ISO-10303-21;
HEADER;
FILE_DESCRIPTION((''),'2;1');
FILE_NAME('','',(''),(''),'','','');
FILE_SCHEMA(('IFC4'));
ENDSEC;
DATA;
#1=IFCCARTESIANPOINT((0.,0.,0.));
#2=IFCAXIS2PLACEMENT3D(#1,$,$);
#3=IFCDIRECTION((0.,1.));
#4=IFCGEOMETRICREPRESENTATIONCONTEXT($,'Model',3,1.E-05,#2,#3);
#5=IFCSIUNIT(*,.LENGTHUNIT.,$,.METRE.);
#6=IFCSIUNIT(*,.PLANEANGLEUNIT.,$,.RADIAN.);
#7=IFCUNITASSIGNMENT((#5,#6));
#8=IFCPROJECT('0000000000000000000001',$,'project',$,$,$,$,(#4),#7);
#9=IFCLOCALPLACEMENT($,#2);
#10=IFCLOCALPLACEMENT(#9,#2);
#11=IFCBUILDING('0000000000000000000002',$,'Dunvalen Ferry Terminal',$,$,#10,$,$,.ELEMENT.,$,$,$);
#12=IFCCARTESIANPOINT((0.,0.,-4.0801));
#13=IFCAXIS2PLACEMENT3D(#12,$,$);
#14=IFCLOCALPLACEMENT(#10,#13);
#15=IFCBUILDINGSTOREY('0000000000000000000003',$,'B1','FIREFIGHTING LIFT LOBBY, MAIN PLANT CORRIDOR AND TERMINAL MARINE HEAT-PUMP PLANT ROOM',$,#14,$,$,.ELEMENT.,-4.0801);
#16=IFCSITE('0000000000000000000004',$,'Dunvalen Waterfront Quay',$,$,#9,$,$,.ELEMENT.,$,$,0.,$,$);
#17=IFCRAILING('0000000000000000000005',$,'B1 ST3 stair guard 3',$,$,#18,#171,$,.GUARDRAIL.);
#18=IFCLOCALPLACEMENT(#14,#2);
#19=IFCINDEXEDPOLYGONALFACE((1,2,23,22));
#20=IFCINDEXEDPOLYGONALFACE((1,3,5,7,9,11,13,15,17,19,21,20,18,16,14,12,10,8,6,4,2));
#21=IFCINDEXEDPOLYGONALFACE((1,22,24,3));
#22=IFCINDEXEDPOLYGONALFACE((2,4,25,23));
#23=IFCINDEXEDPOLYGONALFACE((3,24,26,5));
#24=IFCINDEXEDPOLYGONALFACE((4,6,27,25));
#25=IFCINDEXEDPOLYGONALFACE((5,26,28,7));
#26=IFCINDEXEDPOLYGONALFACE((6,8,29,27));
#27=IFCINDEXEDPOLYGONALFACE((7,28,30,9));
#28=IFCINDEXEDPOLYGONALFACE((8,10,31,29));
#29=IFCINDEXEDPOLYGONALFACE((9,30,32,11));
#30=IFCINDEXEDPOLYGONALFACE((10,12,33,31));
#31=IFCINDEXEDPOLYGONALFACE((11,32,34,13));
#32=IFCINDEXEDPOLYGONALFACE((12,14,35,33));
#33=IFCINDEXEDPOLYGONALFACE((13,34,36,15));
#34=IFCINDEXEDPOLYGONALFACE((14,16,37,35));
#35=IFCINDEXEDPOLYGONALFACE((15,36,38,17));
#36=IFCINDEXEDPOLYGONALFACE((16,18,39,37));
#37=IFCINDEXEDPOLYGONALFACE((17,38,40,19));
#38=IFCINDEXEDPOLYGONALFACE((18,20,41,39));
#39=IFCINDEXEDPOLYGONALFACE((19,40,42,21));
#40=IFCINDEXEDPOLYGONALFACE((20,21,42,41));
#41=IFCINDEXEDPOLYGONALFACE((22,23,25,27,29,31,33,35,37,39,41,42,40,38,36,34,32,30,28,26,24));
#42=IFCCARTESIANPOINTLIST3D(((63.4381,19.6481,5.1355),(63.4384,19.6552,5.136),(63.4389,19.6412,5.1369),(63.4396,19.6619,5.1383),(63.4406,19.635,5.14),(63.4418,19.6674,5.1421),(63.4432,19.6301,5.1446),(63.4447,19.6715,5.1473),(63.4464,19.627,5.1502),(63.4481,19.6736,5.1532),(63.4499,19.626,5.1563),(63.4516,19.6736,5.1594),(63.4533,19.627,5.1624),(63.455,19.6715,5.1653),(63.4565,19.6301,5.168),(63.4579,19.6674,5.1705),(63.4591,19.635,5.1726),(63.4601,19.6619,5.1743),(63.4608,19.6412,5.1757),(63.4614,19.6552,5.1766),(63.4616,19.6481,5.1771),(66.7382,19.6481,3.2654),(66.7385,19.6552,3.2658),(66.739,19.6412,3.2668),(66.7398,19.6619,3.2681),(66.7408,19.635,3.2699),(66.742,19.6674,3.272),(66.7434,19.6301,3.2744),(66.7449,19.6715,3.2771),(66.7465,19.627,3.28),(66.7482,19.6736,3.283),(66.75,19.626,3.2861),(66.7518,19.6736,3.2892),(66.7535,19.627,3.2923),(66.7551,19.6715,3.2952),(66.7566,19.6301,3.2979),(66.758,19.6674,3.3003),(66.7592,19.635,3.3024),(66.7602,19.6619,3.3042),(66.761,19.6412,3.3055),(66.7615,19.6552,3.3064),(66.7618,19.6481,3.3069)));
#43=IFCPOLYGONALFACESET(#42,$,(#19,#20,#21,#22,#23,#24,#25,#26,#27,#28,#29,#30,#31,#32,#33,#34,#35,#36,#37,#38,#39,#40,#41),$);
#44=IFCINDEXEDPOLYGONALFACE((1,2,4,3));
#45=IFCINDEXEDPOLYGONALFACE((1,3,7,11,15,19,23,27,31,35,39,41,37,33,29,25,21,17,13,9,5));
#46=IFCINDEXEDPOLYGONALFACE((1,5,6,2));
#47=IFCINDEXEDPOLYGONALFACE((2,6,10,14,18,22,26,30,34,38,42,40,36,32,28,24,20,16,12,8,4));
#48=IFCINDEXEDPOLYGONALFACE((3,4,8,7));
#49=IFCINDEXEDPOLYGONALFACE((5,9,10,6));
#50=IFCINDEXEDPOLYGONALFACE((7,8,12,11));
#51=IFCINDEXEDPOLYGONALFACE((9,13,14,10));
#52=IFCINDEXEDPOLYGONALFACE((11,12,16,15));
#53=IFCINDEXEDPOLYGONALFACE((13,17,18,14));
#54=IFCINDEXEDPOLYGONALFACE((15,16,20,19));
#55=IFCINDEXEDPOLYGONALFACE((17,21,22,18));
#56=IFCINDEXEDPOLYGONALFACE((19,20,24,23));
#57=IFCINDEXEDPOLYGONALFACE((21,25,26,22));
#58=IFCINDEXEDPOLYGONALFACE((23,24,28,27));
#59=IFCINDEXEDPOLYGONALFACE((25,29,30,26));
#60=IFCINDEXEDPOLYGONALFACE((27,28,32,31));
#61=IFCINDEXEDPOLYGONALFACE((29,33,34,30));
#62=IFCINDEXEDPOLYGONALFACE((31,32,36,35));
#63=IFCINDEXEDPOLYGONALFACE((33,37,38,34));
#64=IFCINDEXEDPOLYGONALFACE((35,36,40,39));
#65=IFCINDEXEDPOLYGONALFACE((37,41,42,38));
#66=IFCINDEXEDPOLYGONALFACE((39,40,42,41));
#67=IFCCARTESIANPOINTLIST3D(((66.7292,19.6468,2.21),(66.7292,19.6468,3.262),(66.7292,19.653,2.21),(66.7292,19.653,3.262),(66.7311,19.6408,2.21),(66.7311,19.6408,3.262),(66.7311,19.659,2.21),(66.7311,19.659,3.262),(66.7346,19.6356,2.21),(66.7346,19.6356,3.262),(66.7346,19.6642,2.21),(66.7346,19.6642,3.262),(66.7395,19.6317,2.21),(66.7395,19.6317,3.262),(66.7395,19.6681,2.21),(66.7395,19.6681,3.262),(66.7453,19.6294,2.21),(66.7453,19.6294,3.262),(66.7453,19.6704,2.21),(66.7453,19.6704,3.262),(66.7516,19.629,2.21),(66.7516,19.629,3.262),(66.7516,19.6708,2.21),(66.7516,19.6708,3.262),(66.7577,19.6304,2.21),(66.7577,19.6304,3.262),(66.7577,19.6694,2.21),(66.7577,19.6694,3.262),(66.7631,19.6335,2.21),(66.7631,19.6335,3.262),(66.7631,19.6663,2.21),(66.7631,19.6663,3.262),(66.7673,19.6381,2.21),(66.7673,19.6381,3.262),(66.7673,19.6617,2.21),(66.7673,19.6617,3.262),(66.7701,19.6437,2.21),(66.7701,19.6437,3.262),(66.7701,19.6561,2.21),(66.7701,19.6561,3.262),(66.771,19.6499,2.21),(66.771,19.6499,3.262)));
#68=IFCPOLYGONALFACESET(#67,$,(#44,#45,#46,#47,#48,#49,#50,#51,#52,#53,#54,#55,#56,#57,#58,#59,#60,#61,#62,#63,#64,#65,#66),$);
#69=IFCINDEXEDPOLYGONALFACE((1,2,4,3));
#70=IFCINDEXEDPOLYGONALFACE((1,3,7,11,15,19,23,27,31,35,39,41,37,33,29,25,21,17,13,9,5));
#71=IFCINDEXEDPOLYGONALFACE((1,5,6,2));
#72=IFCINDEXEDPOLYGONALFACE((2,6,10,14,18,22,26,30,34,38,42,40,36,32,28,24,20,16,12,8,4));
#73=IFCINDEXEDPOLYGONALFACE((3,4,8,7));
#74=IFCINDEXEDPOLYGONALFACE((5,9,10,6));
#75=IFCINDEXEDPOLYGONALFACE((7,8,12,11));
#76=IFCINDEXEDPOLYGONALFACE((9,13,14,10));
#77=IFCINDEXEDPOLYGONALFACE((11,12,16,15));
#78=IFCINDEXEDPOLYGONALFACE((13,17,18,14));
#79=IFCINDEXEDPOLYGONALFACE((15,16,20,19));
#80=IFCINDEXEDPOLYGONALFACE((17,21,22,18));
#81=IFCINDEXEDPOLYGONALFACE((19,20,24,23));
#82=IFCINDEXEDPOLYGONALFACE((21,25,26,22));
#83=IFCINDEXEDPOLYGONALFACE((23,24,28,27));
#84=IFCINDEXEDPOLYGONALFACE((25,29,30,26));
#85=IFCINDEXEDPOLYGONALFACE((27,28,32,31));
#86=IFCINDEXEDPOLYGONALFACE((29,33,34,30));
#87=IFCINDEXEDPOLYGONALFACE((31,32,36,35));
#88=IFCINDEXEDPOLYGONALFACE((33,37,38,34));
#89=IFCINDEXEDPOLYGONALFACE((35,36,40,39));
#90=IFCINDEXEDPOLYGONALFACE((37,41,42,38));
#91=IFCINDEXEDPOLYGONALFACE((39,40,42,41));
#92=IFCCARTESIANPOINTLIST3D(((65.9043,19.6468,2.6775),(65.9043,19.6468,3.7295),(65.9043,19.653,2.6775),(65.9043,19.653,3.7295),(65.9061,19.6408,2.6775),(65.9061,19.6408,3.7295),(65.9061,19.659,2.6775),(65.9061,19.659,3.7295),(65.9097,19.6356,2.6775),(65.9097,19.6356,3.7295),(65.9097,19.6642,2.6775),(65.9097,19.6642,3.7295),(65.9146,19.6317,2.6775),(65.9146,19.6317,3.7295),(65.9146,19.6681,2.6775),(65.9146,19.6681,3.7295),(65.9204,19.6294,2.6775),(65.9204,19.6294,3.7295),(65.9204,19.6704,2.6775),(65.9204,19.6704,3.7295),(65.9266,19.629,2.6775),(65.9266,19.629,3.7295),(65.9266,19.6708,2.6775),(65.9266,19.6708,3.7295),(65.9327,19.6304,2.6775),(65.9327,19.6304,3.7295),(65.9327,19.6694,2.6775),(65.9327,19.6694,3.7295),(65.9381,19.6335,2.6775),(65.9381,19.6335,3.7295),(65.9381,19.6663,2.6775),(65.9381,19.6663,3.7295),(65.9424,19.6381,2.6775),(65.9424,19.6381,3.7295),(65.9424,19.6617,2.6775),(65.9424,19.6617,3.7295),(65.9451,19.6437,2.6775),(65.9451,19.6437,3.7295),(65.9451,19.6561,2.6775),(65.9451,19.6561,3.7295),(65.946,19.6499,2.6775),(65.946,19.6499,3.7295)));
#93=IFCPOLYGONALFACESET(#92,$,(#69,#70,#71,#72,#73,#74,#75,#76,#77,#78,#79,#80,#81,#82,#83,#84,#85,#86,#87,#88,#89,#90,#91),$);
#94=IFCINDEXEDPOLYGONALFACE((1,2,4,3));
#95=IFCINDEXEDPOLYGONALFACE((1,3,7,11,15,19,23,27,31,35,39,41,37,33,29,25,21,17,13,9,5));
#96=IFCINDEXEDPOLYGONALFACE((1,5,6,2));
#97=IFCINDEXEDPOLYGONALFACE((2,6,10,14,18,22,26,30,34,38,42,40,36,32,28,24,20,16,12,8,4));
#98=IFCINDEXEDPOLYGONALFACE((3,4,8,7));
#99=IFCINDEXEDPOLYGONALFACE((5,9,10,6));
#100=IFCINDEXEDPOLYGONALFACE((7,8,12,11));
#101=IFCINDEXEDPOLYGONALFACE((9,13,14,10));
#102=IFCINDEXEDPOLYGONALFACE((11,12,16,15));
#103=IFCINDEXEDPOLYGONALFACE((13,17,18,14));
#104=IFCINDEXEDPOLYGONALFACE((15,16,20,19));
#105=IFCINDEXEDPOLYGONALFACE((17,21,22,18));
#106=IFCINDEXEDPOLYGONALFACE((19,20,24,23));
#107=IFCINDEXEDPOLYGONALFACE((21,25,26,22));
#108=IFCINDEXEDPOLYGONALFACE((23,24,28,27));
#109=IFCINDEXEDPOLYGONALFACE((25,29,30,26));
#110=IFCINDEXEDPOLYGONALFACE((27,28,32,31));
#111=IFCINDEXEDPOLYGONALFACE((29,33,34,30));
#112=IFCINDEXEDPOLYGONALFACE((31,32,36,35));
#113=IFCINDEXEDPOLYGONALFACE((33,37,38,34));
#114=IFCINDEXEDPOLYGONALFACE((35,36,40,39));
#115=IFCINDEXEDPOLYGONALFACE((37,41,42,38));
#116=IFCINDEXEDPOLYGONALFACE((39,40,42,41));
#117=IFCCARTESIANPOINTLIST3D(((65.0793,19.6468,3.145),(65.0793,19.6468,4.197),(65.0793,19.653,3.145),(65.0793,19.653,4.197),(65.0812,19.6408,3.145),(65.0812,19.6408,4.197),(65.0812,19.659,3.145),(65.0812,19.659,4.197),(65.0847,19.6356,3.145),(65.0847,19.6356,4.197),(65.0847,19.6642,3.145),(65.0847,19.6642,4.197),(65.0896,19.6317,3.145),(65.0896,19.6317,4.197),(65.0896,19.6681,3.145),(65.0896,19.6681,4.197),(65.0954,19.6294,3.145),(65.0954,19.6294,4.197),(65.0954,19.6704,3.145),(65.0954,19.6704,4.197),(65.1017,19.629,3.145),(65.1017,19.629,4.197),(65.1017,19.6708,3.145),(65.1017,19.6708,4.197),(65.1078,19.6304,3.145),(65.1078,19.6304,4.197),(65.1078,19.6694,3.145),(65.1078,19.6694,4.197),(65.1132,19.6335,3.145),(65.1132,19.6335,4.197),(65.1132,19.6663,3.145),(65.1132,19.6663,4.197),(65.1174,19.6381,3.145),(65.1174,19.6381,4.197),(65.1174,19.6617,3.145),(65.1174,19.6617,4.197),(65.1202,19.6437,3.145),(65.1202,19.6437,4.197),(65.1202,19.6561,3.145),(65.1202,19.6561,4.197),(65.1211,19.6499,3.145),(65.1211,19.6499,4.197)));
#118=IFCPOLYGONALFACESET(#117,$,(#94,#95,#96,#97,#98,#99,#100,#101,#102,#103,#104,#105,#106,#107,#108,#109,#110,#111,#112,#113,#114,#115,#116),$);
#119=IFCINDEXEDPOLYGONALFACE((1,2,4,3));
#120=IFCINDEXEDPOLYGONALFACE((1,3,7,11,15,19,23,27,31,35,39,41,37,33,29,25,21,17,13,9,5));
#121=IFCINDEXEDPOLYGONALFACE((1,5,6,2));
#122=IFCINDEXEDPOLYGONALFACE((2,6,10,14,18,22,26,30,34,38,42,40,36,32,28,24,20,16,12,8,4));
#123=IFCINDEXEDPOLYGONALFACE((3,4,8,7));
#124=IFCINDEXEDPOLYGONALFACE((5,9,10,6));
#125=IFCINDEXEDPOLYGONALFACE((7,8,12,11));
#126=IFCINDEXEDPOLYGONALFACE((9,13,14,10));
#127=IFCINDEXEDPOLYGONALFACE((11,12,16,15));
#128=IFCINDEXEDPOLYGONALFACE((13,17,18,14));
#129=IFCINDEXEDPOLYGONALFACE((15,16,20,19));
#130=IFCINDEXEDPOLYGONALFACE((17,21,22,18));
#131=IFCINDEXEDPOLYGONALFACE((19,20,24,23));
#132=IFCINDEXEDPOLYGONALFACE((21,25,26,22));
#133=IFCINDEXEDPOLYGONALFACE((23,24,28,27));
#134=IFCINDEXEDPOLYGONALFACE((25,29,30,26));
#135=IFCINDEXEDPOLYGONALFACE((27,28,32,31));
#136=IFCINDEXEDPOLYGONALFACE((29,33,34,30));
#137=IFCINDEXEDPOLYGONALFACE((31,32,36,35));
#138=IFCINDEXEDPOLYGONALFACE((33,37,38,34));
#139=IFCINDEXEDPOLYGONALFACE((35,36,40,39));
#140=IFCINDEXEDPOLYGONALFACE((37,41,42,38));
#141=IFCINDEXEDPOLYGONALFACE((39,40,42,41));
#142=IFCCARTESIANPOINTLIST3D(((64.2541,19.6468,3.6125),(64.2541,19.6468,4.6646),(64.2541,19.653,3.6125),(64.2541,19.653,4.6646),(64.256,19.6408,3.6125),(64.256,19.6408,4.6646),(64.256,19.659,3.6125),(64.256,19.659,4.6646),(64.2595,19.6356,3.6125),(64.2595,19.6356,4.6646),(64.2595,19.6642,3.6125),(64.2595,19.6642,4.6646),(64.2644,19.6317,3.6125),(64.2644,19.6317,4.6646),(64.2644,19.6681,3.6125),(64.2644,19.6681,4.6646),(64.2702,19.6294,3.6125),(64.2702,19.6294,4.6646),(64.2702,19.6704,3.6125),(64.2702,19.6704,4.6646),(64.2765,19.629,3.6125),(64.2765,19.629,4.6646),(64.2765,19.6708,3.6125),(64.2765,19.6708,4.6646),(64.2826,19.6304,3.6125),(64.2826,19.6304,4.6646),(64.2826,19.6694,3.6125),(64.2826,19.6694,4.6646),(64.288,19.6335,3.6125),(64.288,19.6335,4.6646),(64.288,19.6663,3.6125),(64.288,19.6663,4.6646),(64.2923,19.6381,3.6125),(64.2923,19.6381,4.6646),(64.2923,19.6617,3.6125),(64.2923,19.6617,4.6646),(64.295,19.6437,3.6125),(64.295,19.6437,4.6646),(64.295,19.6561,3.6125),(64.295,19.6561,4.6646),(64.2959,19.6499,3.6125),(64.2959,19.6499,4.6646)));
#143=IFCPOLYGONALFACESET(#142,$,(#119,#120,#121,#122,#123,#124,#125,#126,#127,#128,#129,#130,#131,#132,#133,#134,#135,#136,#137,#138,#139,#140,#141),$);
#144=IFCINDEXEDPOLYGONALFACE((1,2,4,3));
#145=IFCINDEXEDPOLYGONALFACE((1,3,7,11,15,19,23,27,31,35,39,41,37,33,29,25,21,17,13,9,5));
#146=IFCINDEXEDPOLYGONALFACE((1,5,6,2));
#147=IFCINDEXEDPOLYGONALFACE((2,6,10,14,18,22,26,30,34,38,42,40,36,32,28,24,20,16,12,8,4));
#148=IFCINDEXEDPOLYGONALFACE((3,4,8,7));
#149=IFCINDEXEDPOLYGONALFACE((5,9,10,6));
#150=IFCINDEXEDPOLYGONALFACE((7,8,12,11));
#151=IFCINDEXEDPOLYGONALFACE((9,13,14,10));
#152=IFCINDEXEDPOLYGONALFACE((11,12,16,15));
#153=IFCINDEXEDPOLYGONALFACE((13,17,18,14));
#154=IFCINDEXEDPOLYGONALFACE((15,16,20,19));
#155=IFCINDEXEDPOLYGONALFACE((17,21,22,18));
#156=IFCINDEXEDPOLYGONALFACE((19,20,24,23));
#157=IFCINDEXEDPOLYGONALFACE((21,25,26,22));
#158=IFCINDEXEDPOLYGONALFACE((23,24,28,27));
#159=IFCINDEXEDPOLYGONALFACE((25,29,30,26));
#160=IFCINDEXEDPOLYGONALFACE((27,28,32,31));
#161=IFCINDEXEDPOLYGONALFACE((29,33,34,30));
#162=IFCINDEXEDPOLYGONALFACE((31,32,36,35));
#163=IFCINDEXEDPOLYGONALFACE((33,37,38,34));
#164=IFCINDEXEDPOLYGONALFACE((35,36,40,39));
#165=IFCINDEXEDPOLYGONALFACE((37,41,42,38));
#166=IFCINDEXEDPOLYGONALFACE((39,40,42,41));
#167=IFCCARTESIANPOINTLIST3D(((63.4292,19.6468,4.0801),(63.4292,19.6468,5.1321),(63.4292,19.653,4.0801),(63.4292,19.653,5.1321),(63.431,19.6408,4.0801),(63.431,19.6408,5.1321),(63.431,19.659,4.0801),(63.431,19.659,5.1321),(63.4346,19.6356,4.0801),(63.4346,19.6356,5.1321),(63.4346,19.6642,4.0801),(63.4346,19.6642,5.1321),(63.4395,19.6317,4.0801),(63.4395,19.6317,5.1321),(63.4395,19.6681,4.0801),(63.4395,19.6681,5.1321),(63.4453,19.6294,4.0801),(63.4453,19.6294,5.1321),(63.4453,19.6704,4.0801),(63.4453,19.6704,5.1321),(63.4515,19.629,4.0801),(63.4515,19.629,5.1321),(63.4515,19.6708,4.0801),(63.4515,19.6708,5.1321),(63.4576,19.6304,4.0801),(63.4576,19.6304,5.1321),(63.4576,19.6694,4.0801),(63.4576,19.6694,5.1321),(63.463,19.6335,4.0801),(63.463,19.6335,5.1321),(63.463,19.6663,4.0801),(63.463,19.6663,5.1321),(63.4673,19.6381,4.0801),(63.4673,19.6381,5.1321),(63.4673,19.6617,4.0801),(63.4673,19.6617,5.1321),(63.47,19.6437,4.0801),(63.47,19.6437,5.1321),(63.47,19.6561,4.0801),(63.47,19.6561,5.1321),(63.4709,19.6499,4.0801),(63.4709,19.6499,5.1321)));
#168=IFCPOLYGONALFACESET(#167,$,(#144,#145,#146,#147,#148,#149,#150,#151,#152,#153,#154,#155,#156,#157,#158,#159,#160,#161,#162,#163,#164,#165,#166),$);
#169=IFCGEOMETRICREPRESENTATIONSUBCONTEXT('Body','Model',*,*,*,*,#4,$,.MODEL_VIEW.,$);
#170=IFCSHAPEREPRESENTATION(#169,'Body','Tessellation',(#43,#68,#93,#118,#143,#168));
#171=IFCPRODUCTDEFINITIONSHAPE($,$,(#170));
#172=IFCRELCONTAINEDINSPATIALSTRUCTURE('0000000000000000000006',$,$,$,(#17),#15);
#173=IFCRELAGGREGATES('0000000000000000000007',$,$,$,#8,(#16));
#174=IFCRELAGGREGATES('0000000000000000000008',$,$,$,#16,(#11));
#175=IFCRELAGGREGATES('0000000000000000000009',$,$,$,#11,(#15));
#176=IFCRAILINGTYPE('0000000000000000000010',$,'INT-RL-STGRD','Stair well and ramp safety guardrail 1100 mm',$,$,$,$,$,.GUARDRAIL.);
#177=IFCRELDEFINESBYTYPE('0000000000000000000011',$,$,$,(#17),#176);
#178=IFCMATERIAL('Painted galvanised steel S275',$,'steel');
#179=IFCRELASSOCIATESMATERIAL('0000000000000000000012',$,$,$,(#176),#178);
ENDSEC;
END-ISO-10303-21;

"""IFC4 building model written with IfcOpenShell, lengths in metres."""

from ifc_helpers import new_model, si_unit, direction, frame, origin, origin_2d, place, context, subcontext, project, spatial, circle, extrude, material, type_object, element, save


model = new_model("IFC4")

# Units and contexts
model_context = context("Model", 3, precision=1e-05, world=origin(), true_north=direction((0.0, 1.0)))
body_context = subcontext(model_context, "Body", "Model", "MODEL_VIEW")
ifc_project = project(units=[si_unit("LENGTHUNIT", "METRE"), si_unit("PLANEANGLEUNIT", "RADIAN")], contexts=[model_context])

# Site, building, storey
site_placement = place(None, origin())
site = spatial("IfcSite", under=ifc_project, at=site_placement, Name="Dunvalen Waterfront Quay", CompositionType="ELEMENT", RefElevation=0.0)
building_placement = place(site_placement, origin())
building = spatial("IfcBuilding", under=site, at=building_placement, Name="Dunvalen Ferry Terminal", CompositionType="ELEMENT")
storey_placement = place(building_placement, frame((0.0, 0.0, -4.0801)))
storey = spatial("IfcBuildingStorey", under=building, at=storey_placement, Name="B1", Description="FIREFIGHTING LIFT LOBBY, MAIN PLANT CORRIDOR AND TERMINAL MARINE HEAT-PUMP PLANT ROOM", CompositionType="ELEMENT", Elevation=-4.0801)

# Railing
ifc_material_1 = material(Name="Painted galvanised steel S275", Category="steel")
railing_type_1 = type_object("IfcRailingType", Name="INT-RL-STGRD", Description="Stair well and ramp safety guardrail 1100 mm", PredefinedType="GUARDRAIL", material=ifc_material_1)
railing_1_placement = place(storey_placement, frame((66.75, 19.6499, 2.21)))
element("IfcRailing", 1, at=railing_1_placement, inside=storey, type_object=railing_type_1, Name="B1 ST3 stair guard 3", PredefinedType="GUARDRAIL", context=body_context, shape_type="SweptSolid", body=[
    extrude(circle(Radius=0.0239, at=origin_2d()), frame((0.0, 0.0, 1.0762), z_axis=(-0.870012, 0.0, 0.49303), x_axis=(0.0, -1.0, 0.0)), (0.0, 0.0, 1.0), 3.7932),
    extrude(circle(Radius=0.021, at=origin_2d()), origin(), (0.0, 0.0, 1.0), 1.052),
    extrude(circle(Radius=0.021, at=origin_2d()), frame((-0.825, 0.0, 0.4675)), (0.0, 0.0, 1.0), 1.052),
    extrude(circle(Radius=0.021, at=origin_2d()), frame((-1.6499, 0.0, 0.9351)), (0.0, 0.0, 1.0), 1.052),
    extrude(circle(Radius=0.021, at=origin_2d()), frame((-2.4751, 0.0, 1.4026)), (0.0, 0.0, 1.0), 1.052),
    extrude(circle(Radius=0.021, at=origin_2d()), frame((-3.3, 0.0, 1.8701)), (0.0, 0.0, 1.0), 1.052),
])

save(model, "model.ifc")
